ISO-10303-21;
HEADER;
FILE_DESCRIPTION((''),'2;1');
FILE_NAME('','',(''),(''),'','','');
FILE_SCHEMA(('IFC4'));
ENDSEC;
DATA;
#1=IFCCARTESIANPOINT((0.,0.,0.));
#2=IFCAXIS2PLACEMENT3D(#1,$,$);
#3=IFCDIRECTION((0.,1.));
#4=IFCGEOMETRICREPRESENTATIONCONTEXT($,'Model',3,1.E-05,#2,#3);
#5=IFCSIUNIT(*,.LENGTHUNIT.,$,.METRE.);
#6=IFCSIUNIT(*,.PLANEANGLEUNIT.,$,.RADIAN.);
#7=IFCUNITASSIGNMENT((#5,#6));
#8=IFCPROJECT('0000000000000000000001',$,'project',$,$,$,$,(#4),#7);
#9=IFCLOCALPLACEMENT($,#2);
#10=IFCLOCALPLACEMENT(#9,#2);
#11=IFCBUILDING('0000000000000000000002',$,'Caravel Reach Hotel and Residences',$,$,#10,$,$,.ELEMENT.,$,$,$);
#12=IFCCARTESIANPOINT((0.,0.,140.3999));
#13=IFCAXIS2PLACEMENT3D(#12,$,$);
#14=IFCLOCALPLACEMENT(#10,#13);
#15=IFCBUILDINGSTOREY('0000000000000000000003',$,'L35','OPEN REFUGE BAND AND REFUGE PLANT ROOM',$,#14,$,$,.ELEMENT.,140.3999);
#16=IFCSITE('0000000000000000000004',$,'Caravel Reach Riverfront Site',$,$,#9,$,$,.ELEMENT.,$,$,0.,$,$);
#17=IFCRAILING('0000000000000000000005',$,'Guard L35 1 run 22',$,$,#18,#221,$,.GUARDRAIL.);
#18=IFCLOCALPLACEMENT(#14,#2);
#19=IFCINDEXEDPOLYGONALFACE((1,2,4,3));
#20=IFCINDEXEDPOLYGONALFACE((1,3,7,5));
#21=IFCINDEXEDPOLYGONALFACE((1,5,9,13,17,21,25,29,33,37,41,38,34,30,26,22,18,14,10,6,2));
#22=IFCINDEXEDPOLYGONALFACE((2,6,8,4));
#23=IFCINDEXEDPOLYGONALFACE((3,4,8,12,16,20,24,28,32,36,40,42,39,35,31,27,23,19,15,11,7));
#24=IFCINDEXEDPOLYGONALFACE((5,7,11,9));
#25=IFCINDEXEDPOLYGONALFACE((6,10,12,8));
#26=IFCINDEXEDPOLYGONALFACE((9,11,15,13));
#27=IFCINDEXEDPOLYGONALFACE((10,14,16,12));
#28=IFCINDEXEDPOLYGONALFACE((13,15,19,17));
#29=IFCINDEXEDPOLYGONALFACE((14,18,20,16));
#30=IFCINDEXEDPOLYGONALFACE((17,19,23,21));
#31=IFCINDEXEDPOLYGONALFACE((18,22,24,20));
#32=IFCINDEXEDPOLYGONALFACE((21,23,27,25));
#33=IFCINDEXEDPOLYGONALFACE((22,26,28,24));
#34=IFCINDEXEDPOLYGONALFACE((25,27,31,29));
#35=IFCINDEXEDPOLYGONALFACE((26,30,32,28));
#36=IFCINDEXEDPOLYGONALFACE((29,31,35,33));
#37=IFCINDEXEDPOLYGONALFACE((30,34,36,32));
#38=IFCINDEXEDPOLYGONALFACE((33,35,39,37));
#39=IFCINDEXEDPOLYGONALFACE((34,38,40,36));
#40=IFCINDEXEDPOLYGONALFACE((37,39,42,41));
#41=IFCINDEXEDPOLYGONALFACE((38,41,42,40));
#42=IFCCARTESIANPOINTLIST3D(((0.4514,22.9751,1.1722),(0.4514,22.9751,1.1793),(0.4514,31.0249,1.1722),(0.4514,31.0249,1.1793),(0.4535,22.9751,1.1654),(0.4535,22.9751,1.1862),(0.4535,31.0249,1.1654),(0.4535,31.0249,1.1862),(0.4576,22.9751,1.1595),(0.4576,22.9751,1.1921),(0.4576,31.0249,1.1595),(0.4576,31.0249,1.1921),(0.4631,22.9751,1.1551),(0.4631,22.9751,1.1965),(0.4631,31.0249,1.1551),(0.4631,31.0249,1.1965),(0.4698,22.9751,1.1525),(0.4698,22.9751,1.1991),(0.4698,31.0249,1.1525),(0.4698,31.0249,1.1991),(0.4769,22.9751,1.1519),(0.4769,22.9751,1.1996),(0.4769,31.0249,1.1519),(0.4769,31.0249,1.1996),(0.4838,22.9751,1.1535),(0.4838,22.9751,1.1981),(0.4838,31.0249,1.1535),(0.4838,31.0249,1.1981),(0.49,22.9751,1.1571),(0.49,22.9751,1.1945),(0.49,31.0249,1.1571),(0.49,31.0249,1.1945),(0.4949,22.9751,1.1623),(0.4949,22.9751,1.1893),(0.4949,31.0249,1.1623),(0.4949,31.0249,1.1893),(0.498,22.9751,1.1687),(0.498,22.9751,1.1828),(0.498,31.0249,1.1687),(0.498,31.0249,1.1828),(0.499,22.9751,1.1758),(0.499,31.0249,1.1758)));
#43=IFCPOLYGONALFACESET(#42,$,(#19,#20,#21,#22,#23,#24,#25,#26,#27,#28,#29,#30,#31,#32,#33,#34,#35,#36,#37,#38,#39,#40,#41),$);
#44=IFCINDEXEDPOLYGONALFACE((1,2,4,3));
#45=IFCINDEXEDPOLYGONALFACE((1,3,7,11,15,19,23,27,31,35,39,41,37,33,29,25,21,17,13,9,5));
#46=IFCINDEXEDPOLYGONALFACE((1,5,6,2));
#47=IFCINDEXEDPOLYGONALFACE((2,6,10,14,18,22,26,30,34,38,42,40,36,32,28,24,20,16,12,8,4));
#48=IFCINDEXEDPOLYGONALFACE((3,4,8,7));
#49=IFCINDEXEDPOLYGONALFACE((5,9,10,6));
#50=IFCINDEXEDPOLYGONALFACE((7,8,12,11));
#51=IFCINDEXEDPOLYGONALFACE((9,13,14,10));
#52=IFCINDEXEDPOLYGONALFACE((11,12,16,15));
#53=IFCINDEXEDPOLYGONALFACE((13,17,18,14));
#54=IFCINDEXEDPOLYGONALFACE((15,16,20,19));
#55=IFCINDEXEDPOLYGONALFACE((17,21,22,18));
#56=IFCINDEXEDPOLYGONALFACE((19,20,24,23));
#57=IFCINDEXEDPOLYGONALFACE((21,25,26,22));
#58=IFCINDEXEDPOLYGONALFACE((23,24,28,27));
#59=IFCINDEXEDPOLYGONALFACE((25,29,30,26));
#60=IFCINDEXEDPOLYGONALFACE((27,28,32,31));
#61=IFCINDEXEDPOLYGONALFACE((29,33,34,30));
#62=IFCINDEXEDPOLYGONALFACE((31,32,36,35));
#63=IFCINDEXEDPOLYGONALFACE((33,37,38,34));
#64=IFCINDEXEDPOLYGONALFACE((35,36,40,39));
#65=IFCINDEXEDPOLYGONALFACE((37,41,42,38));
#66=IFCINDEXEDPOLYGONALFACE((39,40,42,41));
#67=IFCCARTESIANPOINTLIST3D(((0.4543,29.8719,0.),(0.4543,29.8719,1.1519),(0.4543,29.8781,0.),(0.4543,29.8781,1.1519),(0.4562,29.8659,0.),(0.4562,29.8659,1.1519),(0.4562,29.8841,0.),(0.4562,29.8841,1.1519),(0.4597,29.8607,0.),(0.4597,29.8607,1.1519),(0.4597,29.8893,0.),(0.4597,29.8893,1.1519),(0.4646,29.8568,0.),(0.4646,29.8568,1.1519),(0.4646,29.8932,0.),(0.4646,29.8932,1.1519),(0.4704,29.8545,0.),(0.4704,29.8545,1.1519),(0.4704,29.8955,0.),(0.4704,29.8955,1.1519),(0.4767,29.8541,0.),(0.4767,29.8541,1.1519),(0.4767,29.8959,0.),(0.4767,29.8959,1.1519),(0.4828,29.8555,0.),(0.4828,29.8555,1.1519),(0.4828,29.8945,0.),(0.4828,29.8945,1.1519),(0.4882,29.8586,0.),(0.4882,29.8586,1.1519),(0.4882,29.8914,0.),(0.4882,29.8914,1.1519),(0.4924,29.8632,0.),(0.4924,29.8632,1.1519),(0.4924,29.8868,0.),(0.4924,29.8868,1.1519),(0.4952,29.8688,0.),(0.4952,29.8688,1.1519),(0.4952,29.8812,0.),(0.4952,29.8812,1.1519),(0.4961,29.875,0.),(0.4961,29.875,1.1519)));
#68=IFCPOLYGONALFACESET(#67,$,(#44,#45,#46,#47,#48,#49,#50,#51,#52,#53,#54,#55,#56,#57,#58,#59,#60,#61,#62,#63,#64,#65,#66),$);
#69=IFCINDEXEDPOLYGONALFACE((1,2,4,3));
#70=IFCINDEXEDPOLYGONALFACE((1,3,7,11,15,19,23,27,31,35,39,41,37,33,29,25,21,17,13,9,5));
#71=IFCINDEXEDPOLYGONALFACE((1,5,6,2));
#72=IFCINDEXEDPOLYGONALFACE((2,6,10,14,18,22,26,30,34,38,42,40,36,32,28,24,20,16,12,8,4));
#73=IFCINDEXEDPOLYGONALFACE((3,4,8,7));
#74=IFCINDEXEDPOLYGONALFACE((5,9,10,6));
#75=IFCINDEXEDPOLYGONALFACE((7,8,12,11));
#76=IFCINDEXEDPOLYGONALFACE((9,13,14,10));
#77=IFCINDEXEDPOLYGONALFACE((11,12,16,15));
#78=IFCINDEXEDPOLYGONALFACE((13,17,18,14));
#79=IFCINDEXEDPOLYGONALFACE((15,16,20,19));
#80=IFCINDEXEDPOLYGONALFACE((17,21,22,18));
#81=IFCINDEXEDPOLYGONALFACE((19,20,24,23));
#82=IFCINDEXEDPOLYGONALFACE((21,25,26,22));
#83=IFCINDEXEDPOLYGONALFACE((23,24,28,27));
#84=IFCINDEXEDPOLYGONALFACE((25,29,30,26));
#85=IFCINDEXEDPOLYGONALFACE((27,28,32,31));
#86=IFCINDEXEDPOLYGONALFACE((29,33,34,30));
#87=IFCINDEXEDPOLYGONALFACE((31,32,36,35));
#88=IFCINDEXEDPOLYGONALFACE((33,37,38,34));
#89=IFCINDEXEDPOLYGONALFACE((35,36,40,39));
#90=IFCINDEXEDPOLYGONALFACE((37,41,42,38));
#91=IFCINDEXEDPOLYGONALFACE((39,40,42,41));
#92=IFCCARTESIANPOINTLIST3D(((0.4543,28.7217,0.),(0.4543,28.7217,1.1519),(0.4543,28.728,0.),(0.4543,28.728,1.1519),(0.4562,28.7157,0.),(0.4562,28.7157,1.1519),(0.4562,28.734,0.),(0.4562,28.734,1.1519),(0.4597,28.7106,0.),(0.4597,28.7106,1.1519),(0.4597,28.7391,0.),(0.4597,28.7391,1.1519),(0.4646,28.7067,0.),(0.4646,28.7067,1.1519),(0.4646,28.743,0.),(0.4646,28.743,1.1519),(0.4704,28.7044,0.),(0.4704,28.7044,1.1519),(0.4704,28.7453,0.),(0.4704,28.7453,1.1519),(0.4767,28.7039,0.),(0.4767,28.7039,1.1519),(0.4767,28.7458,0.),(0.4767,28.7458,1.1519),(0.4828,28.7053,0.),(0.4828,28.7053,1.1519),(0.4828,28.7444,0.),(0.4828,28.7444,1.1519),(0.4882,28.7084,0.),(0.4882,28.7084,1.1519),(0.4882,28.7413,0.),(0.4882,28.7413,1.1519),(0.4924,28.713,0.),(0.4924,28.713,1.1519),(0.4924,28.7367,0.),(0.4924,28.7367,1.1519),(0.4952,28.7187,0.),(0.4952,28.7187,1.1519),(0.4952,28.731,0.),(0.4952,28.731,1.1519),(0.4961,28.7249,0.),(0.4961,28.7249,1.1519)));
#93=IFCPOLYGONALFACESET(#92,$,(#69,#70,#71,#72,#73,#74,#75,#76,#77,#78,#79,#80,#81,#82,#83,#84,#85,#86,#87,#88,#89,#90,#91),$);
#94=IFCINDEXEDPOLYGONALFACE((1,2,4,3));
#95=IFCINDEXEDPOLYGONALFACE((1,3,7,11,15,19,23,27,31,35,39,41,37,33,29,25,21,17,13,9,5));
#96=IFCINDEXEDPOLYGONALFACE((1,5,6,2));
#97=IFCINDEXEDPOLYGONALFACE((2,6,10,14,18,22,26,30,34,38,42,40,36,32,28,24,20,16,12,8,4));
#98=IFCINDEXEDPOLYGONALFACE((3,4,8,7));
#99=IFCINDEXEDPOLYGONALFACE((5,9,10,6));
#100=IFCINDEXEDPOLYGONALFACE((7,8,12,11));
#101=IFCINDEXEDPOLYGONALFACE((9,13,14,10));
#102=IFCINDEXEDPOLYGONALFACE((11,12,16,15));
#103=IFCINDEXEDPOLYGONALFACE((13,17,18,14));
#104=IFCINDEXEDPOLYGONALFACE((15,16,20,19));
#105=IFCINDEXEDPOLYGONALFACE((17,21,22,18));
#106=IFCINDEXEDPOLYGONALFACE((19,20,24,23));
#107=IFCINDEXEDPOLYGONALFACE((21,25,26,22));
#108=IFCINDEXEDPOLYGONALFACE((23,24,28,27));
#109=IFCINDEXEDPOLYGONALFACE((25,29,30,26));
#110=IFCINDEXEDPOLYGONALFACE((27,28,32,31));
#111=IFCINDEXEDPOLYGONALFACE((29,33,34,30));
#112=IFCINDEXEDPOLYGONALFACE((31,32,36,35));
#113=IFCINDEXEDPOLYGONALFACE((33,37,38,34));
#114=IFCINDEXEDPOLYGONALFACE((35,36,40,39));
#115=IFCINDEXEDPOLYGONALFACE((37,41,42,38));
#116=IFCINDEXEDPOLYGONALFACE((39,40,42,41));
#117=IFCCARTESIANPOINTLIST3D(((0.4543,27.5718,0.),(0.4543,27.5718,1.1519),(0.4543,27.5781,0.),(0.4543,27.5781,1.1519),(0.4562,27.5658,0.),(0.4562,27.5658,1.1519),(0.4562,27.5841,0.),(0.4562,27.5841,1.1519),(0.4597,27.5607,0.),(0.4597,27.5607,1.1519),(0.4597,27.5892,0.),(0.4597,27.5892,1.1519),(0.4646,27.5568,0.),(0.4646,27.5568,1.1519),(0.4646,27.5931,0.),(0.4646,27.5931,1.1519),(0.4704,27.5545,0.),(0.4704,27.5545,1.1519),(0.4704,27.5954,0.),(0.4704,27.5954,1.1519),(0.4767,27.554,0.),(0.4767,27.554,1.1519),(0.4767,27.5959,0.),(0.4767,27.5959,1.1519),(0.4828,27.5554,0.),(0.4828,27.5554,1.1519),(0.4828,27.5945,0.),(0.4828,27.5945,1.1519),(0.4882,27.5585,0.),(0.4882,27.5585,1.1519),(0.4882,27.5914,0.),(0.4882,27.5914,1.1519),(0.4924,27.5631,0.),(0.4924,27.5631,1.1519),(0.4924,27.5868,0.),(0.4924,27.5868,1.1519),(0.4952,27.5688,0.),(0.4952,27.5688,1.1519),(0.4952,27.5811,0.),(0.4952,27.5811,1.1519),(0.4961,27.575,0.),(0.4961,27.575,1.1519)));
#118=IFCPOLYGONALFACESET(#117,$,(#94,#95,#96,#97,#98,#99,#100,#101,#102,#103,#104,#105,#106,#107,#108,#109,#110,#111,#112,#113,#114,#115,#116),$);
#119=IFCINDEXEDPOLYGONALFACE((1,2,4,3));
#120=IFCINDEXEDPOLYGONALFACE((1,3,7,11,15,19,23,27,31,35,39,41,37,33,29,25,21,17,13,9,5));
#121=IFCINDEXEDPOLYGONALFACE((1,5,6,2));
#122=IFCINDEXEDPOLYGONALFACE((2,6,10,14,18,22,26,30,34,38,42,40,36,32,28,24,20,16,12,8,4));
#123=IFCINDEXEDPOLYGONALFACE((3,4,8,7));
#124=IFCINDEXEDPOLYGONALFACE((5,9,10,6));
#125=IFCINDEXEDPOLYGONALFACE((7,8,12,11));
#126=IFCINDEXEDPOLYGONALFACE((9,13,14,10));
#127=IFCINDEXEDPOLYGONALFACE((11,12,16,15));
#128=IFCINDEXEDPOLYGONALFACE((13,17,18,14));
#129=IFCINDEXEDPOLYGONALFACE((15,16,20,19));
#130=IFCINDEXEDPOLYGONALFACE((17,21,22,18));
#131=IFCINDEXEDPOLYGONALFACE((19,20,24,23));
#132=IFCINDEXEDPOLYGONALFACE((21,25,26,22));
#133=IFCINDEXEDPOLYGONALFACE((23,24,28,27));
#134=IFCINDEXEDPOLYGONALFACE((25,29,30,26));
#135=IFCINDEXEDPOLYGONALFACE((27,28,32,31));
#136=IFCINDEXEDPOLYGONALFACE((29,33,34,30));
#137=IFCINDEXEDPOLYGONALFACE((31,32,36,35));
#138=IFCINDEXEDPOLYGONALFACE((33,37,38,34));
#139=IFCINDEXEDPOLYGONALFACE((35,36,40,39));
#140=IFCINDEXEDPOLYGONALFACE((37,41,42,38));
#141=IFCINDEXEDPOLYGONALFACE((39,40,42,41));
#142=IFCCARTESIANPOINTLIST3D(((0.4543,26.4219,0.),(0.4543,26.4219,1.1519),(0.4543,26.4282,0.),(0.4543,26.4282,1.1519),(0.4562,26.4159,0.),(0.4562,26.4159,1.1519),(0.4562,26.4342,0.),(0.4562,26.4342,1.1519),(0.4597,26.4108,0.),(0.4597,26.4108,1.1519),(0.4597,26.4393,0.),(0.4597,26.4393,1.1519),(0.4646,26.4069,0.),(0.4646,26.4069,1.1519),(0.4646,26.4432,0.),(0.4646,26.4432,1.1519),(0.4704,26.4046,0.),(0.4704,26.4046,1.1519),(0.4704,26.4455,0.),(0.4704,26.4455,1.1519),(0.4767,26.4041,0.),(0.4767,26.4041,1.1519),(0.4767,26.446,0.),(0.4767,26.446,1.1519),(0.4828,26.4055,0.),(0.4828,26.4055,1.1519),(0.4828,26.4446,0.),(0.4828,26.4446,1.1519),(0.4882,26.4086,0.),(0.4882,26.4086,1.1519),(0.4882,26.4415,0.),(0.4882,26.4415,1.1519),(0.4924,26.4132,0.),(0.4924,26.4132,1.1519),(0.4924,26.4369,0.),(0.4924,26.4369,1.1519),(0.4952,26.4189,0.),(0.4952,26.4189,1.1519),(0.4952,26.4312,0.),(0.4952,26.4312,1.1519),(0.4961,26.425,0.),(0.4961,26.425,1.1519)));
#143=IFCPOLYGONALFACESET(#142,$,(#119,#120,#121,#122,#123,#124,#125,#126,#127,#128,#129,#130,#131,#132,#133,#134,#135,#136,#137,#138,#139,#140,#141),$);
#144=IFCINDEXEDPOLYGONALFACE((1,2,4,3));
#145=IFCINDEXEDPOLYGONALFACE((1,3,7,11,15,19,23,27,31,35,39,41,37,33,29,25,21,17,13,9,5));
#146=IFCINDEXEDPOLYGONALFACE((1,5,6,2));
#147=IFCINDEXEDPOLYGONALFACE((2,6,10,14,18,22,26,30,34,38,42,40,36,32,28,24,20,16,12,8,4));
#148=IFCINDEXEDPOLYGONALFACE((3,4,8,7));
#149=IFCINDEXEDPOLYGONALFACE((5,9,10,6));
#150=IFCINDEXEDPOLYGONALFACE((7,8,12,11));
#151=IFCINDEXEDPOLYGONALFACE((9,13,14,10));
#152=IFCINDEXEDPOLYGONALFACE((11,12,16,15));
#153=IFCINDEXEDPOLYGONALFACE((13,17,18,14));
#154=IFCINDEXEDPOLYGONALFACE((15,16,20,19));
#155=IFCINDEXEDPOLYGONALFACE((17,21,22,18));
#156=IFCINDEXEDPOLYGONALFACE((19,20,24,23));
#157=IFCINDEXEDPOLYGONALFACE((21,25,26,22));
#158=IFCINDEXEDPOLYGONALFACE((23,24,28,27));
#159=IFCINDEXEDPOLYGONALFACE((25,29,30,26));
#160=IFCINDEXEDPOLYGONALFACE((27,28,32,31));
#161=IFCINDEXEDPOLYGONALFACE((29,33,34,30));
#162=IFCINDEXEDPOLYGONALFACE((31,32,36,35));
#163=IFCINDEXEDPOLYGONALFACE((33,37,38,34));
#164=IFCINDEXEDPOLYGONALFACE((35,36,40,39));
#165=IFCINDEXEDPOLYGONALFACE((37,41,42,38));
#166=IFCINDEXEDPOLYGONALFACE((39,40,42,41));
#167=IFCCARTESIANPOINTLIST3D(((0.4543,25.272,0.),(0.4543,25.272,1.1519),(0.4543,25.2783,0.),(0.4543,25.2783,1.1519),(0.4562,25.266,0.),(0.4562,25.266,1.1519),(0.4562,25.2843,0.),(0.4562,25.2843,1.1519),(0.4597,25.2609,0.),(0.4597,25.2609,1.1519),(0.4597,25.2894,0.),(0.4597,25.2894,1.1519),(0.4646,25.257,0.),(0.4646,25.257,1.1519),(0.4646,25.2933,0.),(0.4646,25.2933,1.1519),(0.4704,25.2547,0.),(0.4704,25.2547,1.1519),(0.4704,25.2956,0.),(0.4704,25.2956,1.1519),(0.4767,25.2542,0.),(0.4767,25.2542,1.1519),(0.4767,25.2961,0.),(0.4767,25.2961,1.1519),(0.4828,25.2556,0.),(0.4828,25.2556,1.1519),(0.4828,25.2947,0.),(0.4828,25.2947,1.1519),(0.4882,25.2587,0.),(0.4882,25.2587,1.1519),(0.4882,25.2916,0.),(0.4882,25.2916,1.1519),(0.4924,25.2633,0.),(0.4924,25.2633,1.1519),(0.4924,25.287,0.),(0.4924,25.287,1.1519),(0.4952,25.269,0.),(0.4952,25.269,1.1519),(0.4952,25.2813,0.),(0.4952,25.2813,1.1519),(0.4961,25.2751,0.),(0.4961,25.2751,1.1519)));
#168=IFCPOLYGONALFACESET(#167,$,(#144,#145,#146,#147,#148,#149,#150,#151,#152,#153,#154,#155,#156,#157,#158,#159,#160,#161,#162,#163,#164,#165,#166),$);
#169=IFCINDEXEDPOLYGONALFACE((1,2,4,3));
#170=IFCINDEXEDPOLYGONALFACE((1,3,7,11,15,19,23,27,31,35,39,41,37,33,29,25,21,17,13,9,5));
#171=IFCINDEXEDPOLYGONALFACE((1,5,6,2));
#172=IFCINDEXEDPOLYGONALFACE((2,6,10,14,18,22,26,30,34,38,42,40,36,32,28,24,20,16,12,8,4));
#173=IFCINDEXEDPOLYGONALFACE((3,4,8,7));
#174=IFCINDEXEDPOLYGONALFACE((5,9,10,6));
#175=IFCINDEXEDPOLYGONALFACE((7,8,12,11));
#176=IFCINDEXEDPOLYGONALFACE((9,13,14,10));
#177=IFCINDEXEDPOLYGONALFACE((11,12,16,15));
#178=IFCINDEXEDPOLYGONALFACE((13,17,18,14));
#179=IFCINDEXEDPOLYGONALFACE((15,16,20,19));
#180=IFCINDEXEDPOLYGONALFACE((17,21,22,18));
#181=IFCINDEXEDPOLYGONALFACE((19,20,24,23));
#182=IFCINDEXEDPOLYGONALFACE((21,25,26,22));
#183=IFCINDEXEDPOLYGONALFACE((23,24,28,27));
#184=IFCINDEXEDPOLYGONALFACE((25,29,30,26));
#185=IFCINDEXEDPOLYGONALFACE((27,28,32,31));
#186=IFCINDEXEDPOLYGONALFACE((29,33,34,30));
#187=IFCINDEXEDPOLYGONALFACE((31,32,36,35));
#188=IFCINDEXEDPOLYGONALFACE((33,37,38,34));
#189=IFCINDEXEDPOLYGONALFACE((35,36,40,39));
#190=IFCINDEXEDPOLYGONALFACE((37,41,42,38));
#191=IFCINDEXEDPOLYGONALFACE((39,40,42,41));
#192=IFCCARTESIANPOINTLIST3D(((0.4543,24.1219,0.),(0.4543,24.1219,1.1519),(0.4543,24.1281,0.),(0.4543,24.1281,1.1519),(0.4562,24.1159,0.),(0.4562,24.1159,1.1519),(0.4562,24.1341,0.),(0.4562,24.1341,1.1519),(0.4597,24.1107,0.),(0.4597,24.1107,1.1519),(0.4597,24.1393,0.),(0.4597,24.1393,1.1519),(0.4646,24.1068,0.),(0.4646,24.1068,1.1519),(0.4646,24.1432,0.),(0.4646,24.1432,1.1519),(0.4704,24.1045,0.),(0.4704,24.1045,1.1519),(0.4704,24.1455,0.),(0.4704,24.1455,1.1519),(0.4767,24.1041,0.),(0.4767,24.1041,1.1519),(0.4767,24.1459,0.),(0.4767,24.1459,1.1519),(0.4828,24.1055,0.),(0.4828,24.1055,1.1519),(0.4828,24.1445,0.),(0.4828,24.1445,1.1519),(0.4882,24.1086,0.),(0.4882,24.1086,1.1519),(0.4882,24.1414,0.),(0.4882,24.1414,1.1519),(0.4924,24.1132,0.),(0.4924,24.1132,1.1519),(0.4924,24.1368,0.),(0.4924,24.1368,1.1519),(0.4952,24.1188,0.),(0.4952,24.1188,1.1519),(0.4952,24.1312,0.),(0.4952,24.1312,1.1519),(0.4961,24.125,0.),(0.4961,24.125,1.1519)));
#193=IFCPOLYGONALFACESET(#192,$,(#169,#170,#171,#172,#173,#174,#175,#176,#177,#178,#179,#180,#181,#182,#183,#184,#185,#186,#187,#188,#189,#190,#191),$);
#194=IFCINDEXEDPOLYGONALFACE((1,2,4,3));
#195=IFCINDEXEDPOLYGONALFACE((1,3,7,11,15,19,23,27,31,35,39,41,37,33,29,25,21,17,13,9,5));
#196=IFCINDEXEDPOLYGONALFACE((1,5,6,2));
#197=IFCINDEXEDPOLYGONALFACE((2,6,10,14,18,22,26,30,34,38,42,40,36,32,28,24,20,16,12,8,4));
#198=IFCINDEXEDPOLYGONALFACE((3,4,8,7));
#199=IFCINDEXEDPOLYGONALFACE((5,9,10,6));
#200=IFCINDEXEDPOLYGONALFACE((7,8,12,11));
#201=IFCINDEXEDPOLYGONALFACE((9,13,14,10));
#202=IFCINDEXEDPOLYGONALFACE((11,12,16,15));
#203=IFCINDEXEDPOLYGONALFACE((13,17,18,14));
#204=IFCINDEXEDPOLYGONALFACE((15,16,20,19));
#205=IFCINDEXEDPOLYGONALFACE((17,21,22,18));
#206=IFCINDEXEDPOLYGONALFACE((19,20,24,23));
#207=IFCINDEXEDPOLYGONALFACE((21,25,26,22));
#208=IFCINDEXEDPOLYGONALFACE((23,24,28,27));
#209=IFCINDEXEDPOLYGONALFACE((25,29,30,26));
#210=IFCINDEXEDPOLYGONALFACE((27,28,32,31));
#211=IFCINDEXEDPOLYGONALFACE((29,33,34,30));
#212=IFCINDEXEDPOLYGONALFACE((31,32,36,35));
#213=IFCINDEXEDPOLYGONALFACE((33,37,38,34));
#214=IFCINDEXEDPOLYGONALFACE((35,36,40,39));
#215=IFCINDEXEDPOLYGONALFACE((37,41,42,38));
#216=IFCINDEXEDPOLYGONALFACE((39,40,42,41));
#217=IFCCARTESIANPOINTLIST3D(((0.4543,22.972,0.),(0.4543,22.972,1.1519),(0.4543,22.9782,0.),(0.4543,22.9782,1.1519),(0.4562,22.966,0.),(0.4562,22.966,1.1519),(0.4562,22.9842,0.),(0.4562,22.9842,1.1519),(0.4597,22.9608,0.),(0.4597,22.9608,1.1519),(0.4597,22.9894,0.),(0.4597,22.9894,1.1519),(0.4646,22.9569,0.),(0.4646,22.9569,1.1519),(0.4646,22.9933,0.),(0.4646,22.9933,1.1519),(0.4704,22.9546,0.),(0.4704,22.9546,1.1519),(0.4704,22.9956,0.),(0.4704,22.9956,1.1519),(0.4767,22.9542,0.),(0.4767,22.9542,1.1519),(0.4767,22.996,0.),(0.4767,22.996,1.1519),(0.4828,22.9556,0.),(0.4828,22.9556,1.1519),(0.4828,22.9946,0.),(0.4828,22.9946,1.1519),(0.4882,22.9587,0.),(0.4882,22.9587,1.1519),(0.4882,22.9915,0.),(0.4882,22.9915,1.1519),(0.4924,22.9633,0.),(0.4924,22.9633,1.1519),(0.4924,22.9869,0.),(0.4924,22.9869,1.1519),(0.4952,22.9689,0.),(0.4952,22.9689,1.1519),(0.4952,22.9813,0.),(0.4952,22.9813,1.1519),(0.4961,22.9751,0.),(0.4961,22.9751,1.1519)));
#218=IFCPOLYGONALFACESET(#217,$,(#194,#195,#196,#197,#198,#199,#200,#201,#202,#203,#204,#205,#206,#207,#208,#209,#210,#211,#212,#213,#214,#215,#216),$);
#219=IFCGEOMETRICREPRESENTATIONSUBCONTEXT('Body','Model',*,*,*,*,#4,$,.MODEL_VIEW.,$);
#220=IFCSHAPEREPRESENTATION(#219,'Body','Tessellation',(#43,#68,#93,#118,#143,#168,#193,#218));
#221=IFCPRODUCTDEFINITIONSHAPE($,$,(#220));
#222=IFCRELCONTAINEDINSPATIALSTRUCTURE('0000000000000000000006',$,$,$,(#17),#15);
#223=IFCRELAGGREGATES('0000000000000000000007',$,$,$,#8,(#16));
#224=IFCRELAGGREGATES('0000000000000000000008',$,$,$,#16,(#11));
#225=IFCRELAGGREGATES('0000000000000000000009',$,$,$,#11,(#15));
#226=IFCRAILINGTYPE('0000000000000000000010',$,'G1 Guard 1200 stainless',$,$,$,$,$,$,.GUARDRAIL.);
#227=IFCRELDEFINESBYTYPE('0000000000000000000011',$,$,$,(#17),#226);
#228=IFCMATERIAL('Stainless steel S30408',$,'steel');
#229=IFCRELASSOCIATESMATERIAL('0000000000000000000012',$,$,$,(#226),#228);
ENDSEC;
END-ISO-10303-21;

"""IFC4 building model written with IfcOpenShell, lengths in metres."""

from ifc_helpers import new_model, si_unit, direction, frame, origin, origin_2d, place, context, subcontext, project, spatial, circle, extrude, material, type_object, element, save


model = new_model("IFC4")

# Units and contexts
model_context = context("Model", 3, precision=1e-05, world=origin(), true_north=direction((0.0, 1.0)))
body_context = subcontext(model_context, "Body", "Model", "MODEL_VIEW")
ifc_project = project(units=[si_unit("LENGTHUNIT", "METRE"), si_unit("PLANEANGLEUNIT", "RADIAN")], contexts=[model_context])

# Site, building, storey
site_placement = place(None, origin())
site = spatial("IfcSite", under=ifc_project, at=site_placement, Name="Caravel Reach Riverfront Site", CompositionType="ELEMENT", RefElevation=0.0)
building_placement = place(site_placement, origin())
building = spatial("IfcBuilding", under=site, at=building_placement, Name="Caravel Reach Hotel and Residences", CompositionType="ELEMENT")
storey_placement = place(building_placement, frame((0.0, 0.0, 140.3999)))
storey = spatial("IfcBuildingStorey", under=building, at=storey_placement, Name="L35", Description="OPEN REFUGE BAND AND REFUGE PLANT ROOM", CompositionType="ELEMENT", Elevation=140.3999)

# Railing
ifc_material_1 = material(Name="Stainless steel S30408", Category="steel")
railing_type = type_object("IfcRailingType", Name="G1 Guard 1200 stainless", PredefinedType="GUARDRAIL", material=ifc_material_1)
railing_1_placement = place(storey_placement, frame((0.4751, 31.0249, 0.0)))
element("IfcRailing", 1, at=railing_1_placement, inside=storey, type_object=railing_type, Name="Guard L35 1 run 22", PredefinedType="GUARDRAIL", context=body_context, shape_type="SweptSolid", body=[
    extrude(circle(Radius=0.0239, at=origin_2d()), frame((0.0, 0.0, 1.1758), z_axis=(0.0, -1.0, 0.0), x_axis=(1.0, 0.0, 0.0)), (0.0, 0.0, 1.0), 8.0498),
    extrude(circle(Radius=0.021, at=origin_2d()), frame((0.0, -1.1499, 0.0)), (0.0, 0.0, 1.0), 1.1519),
    extrude(circle(Radius=0.021, at=origin_2d()), frame((0.0, -2.3, 0.0)), (0.0, 0.0, 1.0), 1.1519),
    extrude(circle(Radius=0.021, at=origin_2d()), frame((0.0, -3.45, 0.0)), (0.0, 0.0, 1.0), 1.1519),
    extrude(circle(Radius=0.021, at=origin_2d()), frame((0.0, -4.5999, 0.0)), (0.0, 0.0, 1.0), 1.1519),
    extrude(circle(Radius=0.021, at=origin_2d()), frame((0.0, -5.7498, 0.0)), (0.0, 0.0, 1.0), 1.1519),
    extrude(circle(Radius=0.021, at=origin_2d()), frame((0.0, -6.8999, 0.0)), (0.0, 0.0, 1.0), 1.1519),
    extrude(circle(Radius=0.021, at=origin_2d()), frame((0.0, -8.0498, 0.0)), (0.0, 0.0, 1.0), 1.1519),
])

save(model, "model.ifc")
